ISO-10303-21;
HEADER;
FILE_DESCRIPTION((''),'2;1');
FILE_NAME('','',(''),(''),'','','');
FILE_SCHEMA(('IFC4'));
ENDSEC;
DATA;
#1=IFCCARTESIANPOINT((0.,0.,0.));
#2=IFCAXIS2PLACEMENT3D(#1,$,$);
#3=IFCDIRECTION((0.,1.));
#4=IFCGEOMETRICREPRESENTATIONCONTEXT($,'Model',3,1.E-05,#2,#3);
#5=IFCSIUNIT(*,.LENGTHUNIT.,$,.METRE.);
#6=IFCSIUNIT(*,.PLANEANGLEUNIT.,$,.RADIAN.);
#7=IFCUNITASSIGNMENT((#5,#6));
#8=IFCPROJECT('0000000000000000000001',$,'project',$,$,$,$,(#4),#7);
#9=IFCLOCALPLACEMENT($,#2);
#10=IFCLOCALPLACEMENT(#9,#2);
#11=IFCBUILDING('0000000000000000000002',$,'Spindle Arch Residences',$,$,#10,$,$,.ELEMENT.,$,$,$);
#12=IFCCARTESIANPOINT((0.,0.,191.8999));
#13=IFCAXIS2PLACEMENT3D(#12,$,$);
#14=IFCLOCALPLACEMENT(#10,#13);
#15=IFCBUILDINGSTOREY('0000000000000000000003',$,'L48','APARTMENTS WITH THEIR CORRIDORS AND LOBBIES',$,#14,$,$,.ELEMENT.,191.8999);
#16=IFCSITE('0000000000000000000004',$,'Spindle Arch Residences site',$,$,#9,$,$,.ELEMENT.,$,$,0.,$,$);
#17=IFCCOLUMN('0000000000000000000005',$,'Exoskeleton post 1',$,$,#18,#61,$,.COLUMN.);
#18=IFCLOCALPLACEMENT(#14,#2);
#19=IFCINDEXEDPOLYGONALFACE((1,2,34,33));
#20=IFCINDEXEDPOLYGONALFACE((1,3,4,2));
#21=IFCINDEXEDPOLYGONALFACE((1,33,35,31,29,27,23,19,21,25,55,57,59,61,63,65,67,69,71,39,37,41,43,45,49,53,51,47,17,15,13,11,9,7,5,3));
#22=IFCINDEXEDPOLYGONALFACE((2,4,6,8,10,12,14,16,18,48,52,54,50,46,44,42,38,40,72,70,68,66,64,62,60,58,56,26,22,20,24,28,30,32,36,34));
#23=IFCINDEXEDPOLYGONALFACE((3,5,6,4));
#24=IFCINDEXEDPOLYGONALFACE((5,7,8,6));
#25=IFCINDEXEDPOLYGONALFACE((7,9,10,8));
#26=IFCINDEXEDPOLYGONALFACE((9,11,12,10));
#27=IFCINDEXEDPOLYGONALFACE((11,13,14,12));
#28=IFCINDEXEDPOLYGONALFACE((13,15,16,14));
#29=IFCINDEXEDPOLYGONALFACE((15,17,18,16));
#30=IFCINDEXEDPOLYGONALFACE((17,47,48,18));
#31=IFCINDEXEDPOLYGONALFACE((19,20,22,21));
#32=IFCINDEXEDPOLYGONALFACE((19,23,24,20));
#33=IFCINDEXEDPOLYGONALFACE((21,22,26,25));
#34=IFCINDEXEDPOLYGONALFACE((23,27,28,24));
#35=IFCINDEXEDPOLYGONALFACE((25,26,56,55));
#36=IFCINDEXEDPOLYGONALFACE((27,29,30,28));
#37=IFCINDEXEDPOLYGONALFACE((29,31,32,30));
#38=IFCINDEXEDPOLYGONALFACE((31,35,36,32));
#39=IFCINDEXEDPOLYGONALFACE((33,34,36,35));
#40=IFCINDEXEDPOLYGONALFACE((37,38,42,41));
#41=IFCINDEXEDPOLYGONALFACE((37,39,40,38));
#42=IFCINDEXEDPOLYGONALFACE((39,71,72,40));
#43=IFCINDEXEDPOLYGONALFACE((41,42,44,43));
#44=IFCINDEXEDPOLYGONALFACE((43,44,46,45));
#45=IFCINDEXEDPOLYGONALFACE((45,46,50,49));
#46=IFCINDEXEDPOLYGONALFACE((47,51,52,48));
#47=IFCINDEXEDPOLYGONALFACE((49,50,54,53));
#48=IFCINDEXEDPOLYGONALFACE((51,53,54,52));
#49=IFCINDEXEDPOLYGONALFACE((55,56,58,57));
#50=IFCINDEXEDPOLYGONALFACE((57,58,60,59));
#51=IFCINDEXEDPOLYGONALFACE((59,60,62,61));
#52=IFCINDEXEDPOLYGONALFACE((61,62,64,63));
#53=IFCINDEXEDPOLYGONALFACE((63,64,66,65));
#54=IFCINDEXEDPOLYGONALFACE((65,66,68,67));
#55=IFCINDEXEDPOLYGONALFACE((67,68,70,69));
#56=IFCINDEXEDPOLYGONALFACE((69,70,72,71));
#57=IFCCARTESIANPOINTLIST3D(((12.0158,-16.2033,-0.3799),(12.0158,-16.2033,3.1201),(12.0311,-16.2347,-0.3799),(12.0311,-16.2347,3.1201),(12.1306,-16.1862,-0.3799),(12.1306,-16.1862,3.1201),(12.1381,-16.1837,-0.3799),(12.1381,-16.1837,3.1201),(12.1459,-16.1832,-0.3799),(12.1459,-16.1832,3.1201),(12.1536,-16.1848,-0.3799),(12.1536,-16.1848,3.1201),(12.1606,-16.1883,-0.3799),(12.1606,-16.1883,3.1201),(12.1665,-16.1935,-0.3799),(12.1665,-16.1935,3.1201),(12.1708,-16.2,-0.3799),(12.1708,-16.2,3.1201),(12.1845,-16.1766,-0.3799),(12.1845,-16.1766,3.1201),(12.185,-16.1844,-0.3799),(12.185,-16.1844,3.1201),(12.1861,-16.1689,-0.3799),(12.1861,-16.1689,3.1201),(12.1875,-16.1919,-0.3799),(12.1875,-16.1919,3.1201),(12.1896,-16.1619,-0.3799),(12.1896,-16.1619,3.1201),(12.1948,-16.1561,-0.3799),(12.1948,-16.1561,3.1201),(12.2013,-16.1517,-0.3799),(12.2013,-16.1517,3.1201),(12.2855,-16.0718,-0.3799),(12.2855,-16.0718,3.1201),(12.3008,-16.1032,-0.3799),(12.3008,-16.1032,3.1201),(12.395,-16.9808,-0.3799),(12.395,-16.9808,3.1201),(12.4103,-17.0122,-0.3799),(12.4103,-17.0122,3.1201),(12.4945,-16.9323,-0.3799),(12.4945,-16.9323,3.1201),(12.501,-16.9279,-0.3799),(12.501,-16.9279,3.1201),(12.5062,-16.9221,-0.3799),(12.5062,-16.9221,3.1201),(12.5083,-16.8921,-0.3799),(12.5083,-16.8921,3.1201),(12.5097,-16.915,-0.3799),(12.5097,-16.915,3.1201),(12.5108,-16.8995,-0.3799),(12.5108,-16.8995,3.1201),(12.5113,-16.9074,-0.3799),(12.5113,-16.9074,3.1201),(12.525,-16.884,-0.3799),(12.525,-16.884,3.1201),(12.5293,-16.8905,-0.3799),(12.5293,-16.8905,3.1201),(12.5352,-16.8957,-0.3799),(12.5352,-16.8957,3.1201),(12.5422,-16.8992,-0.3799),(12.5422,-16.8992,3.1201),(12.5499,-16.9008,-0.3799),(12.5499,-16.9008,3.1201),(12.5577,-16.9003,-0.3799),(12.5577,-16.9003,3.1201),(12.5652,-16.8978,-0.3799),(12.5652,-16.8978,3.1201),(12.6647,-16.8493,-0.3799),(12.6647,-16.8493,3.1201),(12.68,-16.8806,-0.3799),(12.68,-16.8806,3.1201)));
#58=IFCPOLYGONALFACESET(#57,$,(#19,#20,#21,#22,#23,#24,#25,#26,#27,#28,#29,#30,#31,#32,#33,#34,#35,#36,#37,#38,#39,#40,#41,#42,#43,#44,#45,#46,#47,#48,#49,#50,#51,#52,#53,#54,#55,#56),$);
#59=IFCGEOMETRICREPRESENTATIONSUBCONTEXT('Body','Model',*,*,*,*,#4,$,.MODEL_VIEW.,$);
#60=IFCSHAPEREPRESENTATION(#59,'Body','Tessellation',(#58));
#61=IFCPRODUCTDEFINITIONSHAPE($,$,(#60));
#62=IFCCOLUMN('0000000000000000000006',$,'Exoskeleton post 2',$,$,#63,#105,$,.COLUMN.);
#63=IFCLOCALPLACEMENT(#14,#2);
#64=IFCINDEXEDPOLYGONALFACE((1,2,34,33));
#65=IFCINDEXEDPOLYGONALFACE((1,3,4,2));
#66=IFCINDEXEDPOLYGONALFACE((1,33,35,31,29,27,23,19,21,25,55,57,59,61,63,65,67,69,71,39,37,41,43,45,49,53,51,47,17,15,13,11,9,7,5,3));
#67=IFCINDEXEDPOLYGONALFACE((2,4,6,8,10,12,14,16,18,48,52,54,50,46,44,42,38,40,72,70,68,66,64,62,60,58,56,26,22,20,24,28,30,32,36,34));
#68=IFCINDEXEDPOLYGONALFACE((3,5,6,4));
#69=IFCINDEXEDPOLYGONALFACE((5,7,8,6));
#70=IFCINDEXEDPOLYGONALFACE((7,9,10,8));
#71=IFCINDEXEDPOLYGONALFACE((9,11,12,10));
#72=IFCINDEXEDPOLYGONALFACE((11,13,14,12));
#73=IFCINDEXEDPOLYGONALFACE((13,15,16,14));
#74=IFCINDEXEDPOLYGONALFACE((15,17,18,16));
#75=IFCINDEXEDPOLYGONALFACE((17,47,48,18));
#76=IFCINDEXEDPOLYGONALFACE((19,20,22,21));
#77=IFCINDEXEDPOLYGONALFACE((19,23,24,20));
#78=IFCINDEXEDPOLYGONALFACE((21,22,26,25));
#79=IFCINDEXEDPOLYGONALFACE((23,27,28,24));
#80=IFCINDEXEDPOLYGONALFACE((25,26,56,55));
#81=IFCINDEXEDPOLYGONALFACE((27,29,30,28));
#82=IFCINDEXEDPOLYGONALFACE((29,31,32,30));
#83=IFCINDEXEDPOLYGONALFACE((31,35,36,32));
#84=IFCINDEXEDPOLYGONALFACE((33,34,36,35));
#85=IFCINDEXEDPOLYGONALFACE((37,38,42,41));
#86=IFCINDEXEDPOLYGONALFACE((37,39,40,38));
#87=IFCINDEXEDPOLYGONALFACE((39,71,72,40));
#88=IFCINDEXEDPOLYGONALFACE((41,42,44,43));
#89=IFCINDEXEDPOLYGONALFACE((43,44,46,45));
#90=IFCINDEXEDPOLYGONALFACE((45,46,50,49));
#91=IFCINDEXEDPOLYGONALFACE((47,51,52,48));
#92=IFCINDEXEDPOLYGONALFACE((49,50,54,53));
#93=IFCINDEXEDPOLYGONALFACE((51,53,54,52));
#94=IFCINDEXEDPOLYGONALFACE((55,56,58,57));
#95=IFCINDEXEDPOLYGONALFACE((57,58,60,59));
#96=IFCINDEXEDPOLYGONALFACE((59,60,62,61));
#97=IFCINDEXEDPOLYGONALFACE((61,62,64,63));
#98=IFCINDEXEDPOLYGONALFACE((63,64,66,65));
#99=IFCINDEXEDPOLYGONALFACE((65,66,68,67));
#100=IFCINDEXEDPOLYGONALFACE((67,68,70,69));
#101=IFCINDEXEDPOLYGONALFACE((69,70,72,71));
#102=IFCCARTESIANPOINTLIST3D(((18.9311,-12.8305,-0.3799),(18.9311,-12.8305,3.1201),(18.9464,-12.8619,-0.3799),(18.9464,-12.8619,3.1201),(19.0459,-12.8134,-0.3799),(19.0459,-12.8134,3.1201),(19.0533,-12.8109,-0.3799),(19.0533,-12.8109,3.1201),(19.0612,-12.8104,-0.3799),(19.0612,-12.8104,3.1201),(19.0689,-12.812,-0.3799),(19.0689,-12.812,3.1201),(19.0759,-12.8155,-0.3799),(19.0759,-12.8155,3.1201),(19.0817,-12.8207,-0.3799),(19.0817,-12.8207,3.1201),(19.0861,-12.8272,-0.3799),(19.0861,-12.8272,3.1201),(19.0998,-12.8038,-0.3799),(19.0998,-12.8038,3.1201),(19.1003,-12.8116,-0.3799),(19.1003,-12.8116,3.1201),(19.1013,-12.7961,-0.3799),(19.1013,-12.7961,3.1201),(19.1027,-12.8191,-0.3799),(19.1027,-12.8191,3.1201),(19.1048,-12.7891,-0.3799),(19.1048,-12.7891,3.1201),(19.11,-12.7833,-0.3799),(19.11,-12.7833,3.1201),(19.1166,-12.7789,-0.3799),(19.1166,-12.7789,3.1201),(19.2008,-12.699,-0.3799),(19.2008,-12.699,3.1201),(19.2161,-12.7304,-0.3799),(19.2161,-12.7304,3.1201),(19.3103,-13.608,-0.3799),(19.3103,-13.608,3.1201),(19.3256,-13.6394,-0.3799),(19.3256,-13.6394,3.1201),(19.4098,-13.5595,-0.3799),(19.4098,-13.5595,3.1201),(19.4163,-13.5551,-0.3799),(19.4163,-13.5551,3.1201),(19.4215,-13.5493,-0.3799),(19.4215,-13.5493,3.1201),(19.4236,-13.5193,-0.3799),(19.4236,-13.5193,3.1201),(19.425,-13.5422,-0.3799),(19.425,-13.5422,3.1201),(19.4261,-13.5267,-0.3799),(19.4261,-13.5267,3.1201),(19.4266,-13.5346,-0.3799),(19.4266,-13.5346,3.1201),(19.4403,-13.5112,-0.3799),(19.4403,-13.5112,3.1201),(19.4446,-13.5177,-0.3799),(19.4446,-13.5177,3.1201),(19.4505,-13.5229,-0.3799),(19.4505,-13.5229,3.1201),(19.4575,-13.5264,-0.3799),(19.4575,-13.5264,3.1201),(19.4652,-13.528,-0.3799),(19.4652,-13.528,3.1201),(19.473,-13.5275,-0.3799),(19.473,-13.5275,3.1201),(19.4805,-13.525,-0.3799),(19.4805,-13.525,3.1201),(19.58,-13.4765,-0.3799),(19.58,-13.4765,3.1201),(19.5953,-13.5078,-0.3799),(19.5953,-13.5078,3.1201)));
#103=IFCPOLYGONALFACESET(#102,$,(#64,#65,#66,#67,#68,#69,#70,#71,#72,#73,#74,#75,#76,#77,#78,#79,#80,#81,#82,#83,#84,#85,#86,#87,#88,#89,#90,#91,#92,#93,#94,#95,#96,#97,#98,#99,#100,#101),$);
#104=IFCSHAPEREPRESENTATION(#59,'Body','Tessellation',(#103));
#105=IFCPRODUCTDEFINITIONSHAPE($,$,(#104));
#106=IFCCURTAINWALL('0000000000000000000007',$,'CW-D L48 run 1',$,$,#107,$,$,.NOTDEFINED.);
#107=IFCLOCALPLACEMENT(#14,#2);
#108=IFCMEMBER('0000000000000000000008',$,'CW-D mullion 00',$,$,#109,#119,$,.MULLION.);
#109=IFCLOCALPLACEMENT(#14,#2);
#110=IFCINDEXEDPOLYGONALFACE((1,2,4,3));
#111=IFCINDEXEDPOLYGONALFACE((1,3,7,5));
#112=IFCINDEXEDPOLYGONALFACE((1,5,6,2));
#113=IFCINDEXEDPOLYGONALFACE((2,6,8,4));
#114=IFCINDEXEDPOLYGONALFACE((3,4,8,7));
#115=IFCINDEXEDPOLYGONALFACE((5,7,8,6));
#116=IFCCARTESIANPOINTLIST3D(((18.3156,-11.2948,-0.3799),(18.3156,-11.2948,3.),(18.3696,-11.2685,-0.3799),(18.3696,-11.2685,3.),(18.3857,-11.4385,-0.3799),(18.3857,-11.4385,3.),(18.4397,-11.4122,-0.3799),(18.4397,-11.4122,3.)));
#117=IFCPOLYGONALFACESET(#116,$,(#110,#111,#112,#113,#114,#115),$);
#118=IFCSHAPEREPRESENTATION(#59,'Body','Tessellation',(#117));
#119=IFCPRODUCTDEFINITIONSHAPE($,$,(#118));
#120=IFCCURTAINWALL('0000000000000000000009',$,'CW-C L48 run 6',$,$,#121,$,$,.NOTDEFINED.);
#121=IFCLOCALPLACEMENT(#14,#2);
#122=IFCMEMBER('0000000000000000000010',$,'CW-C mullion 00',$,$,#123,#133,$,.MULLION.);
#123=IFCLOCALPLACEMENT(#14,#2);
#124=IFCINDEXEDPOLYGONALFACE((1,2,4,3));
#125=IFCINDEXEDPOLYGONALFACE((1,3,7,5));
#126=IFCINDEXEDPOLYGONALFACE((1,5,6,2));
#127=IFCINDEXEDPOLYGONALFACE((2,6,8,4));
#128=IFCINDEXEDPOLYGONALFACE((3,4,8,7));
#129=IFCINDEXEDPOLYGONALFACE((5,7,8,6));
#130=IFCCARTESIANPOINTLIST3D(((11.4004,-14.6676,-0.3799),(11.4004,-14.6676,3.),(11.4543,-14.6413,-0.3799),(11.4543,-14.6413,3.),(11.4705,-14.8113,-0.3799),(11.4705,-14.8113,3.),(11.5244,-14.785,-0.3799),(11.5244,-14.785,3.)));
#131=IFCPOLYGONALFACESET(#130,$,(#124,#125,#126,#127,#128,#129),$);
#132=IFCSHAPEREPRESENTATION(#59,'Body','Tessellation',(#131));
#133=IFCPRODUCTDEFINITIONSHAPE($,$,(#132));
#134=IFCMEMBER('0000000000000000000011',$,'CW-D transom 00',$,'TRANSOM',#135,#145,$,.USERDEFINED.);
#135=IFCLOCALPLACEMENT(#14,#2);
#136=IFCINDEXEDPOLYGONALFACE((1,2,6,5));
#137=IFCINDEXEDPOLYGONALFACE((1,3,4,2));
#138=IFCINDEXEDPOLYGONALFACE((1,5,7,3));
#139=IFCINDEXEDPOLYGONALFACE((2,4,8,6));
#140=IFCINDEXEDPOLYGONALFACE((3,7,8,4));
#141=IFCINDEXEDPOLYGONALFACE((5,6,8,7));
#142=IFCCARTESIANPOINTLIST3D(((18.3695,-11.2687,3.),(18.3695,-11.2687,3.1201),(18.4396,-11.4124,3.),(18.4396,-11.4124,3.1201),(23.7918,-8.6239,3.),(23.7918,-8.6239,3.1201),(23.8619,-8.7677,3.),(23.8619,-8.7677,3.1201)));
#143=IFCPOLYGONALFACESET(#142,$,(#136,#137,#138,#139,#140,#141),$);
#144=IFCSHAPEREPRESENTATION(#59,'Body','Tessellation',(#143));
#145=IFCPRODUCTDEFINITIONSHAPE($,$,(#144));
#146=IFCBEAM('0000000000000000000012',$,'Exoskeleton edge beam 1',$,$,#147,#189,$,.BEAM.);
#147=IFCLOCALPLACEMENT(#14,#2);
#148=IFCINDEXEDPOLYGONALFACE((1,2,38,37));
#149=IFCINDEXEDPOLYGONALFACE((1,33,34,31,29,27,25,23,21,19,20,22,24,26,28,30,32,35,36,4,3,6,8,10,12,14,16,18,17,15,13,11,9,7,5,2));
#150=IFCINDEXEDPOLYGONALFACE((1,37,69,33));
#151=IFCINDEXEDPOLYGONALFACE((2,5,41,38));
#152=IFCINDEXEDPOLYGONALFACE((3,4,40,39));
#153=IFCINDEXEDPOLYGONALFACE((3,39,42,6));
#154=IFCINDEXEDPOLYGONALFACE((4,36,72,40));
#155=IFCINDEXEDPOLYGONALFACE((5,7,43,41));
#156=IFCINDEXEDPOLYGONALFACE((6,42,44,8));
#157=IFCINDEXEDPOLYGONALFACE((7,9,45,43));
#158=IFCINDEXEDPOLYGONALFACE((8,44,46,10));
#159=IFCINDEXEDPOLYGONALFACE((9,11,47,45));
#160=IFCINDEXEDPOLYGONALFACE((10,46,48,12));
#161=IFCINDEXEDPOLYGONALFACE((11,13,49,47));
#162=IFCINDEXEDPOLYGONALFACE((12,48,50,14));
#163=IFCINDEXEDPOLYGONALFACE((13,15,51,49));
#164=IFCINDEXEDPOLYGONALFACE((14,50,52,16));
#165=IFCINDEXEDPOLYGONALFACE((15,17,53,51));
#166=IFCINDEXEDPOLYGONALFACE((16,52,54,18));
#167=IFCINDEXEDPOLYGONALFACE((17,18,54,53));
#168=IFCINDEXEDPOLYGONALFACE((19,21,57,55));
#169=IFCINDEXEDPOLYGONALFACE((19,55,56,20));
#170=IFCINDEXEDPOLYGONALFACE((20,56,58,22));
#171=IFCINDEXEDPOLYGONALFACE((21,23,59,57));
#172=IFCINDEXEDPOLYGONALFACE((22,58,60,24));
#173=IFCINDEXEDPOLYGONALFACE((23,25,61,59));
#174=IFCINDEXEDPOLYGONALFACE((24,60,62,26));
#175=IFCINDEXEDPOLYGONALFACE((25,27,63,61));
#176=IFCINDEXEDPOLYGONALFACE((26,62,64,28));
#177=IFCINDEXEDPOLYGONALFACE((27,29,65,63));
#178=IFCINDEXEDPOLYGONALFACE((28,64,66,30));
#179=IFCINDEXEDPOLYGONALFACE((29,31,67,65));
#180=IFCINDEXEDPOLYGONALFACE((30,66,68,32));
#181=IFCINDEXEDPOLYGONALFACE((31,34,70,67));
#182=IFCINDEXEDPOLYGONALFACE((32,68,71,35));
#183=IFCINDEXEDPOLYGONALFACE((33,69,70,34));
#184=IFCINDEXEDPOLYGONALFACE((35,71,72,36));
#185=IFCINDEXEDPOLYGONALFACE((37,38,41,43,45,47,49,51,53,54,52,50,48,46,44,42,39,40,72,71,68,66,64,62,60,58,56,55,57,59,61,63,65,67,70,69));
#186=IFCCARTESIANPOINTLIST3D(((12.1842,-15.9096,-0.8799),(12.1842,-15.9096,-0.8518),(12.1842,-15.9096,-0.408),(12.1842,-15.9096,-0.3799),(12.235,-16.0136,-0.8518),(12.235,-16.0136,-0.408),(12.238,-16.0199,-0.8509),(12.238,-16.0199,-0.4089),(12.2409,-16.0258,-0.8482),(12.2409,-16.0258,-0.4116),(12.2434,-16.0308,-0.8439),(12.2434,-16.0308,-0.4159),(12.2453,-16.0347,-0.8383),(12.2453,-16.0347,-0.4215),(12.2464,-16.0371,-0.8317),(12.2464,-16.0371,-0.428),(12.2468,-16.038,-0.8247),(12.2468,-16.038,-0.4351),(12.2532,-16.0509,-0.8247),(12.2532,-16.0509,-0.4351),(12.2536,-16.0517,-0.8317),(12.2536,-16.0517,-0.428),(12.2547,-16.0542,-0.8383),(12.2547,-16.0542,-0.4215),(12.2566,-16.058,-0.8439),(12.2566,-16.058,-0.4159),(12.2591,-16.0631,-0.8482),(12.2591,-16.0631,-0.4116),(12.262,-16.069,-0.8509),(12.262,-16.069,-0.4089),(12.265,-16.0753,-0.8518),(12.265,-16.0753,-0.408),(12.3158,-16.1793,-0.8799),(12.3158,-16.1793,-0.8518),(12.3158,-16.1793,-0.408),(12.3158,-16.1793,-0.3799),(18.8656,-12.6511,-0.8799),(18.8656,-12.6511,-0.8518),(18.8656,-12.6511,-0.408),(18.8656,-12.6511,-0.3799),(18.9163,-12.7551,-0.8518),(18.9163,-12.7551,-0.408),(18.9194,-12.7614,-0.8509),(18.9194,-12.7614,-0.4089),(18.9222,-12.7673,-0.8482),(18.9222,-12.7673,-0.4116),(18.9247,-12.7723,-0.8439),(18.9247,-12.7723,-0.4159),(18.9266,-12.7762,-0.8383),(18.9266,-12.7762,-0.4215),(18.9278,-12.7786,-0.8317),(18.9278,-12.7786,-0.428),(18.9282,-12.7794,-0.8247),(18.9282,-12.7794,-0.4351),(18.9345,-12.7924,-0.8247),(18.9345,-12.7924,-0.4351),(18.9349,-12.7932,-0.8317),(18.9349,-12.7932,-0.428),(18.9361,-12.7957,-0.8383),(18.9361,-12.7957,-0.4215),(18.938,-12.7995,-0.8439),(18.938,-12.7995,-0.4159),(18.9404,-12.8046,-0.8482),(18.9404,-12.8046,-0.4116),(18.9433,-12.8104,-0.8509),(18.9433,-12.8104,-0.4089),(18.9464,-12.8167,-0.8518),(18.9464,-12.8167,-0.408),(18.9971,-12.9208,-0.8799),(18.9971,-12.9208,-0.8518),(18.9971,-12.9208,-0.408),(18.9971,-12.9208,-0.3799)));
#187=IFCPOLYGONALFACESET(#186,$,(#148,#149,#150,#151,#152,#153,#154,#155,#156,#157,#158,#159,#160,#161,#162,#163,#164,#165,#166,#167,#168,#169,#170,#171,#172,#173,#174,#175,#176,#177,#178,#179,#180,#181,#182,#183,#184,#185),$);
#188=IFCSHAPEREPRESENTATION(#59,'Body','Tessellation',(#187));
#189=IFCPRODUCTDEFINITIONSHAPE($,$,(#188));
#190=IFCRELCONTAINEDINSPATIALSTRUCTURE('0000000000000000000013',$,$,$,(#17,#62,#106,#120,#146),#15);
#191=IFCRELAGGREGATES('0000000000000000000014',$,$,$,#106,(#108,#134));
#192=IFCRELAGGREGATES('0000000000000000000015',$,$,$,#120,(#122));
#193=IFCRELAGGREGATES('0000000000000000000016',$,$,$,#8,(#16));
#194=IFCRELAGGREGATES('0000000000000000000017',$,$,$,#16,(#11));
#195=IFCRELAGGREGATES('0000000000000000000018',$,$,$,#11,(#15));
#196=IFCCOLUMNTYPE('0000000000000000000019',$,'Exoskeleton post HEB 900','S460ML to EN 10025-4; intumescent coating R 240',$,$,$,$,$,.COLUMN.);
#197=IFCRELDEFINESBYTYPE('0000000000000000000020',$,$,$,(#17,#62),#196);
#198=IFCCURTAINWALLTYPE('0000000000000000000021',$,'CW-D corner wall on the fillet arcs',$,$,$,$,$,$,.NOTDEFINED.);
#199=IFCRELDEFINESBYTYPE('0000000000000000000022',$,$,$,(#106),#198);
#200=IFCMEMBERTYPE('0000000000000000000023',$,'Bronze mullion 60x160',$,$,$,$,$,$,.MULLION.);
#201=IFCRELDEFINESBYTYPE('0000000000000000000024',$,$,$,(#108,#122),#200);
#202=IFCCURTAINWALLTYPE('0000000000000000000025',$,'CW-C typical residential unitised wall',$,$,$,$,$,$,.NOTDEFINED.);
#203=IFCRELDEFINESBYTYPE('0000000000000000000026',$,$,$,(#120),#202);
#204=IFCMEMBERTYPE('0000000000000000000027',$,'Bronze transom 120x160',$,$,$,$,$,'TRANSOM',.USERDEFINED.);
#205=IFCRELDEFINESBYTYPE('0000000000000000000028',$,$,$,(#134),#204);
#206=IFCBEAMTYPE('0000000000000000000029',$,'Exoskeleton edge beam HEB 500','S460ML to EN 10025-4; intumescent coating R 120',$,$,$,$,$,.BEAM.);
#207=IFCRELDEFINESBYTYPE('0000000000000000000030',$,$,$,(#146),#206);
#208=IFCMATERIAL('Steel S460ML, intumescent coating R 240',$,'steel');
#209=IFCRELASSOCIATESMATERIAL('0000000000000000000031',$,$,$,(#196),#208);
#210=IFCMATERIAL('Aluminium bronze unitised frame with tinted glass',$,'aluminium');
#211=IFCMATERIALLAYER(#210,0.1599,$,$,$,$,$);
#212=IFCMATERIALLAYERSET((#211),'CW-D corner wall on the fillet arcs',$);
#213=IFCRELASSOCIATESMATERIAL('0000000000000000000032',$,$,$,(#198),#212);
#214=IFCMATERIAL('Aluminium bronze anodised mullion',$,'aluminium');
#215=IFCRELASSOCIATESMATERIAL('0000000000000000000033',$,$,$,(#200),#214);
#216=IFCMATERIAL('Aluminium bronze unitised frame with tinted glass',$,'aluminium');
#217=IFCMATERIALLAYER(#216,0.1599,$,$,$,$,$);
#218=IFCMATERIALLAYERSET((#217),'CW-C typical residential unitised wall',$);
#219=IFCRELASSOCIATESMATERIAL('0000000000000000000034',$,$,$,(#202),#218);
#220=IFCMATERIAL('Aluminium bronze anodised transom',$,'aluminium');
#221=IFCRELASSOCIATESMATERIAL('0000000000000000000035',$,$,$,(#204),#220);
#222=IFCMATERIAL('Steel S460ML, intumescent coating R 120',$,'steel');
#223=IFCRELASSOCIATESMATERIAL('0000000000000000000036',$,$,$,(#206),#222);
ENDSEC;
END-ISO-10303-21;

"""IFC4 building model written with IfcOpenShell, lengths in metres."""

from ifc_helpers import new_model, si_unit, direction, frame, origin, origin_2d, place, context, subcontext, project, spatial, rectangle, i_section, extrude, material, layer, layer_set, material_profile, profile_set, type_object, element, aggregate, save


model = new_model("IFC4")

# Units and contexts
model_context = context("Model", 3, precision=1e-05, world=origin(), true_north=direction((0.0, 1.0)))
body_context = subcontext(model_context, "Body", "Model", "MODEL_VIEW")
ifc_project = project(units=[si_unit("LENGTHUNIT", "METRE"), si_unit("PLANEANGLEUNIT", "RADIAN")], contexts=[model_context])

# Site, building, storey
site_placement = place(None, origin())
site = spatial("IfcSite", under=ifc_project, at=site_placement, Name="Spindle Arch Residences site", CompositionType="ELEMENT", RefElevation=0.0)
building_placement = place(site_placement, origin())
building = spatial("IfcBuilding", under=site, at=building_placement, Name="Spindle Arch Residences", CompositionType="ELEMENT")
storey_placement = place(building_placement, frame((0.0, 0.0, 191.8999)))
storey = spatial("IfcBuildingStorey", under=building, at=storey_placement, Name="L48", Description="APARTMENTS WITH THEIR CORRIDORS AND LOBBIES", CompositionType="ELEMENT", Elevation=191.8999)

# Columns
ifc_material_1 = material(Name="Steel S460ML, intumescent coating R 240", Category="steel")
ifc_material_profile_1 = material_profile(ifc_material_1, i_section(OverallWidth=0.3, OverallDepth=0.8999, WebThickness=0.0186, FlangeThickness=0.0349, FilletRadius=0.03, at=origin_2d()), Name="HEB 900")
ifc_profile_set_1 = profile_set([ifc_material_profile_1], Name="Steel S460ML, intumescent coating R 240")
column_type = type_object("IfcColumnType", Name="Exoskeleton post HEB 900", Description="S460ML to EN 10025-4; intumescent coating R 240", PredefinedType="COLUMN", material=ifc_profile_set_1)
for number, where, z_axis, x_axis, name in (
    (1, (12.3479, -16.542, -0.3799), (0.0, 0.0, 1.0), (-0.898794, -0.438371, 0.0), "Exoskeleton post 1"),
    (2, (19.2632, -13.1692, -0.3799), (0.0, 0.0, 1.0), (-0.898794, -0.438371, 0.0), "Exoskeleton post 2"),
):
    element("IfcColumn", number, at=place(storey_placement, frame(where, z_axis=z_axis, x_axis=x_axis)), inside=storey, type_object=column_type, Name=name, PredefinedType="COLUMN", context=body_context, shape_type="SweptSolid", body=[
        extrude(i_section(OverallWidth=0.3, OverallDepth=0.8999, WebThickness=0.0186, FlangeThickness=0.0349, FilletRadius=0.03, at=origin_2d()), origin(), (0.0, 0.0, 1.0), 3.5),
    ])

# Curtain walls, members
ifc_material_2 = material(Name="Aluminium bronze unitised frame with tinted glass", Category="aluminium")
ifc_layer_1 = layer(ifc_material_2, 0.1599)
ifc_layer_set_1 = layer_set([ifc_layer_1], Name="CW-D corner wall on the fillet arcs")
curtain_wall_type_1 = type_object("IfcCurtainWallType", Name="CW-D corner wall on the fillet arcs", PredefinedType="NOTDEFINED", material=ifc_layer_set_1)
curtain_wall_1_placement = place(storey_placement, origin())
curtain_wall_1 = element("IfcCurtainWall", 3, at=curtain_wall_1_placement, inside=storey, type_object=curtain_wall_type_1, Name="CW-D L48 run 1", PredefinedType="NOTDEFINED")
ifc_material_3 = material(Name="Aluminium bronze anodised mullion", Category="aluminium")
ifc_material_profile_2 = material_profile(ifc_material_3, rectangle(XDim=0.1599, YDim=0.0601, at=origin_2d()), Name="MU 60x160")
ifc_profile_set_2 = profile_set([ifc_material_profile_2], Name="Aluminium bronze anodised mullion")
member_type_1 = type_object("IfcMemberType", Name="Bronze mullion 60x160", PredefinedType="MULLION", material=ifc_profile_set_2)
member_1_placement = place(storey_placement, frame((18.3777, -11.3535, -0.3799), z_axis=(0.0, 0.0, 1.0), x_axis=(-0.438371, 0.898794, 0.0)))
member_1 = element("IfcMember", 4, at=member_1_placement, type_object=member_type_1, Name="CW-D mullion 00", PredefinedType="MULLION", context=body_context, shape_type="SweptSolid", body=[
    extrude(rectangle(XDim=0.1599, YDim=0.0601, at=origin_2d()), origin(), (0.0, 0.0, 1.0), 3.3799),
])
ifc_material_4 = material(Name="Aluminium bronze unitised frame with tinted glass", Category="aluminium")
ifc_layer_2 = layer(ifc_material_4, 0.1599)
ifc_layer_set_2 = layer_set([ifc_layer_2], Name="CW-C typical residential unitised wall")
curtain_wall_type_2 = type_object("IfcCurtainWallType", Name="CW-C typical residential unitised wall", PredefinedType="NOTDEFINED", material=ifc_layer_set_2)
curtain_wall_2_placement = place(storey_placement, origin())
curtain_wall_2 = element("IfcCurtainWall", 5, at=curtain_wall_2_placement, inside=storey, type_object=curtain_wall_type_2, Name="CW-C L48 run 6", PredefinedType="NOTDEFINED")
member_2_placement = place(storey_placement, frame((11.4624, -14.7263, -0.3799), z_axis=(0.0, 0.0, 1.0), x_axis=(-0.438371, 0.898794, 0.0)))
member_2 = element("IfcMember", 6, at=member_2_placement, type_object=member_type_1, Name="CW-C mullion 00", PredefinedType="MULLION", context=body_context, shape_type="SweptSolid", body=[
    extrude(rectangle(XDim=0.1599, YDim=0.0601, at=origin_2d()), origin(), (0.0, 0.0, 1.0), 3.3799),
])

# Member
ifc_material_5 = material(Name="Aluminium bronze anodised transom", Category="aluminium")
ifc_material_profile_3 = material_profile(ifc_material_5, rectangle(XDim=0.1599, YDim=0.1201, at=origin_2d()), Name="TR 120x160")
ifc_profile_set_3 = profile_set([ifc_material_profile_3], Name="Aluminium bronze anodised transom")
member_type_2 = type_object("IfcMemberType", Name="Bronze transom 120x160", ElementType="TRANSOM", PredefinedType="USERDEFINED", material=ifc_profile_set_3)
member_3_placement = place(storey_placement, frame((18.4045, -11.3406, 3.0601), z_axis=(0.898787, 0.438386, 0.0), x_axis=(-0.438386, 0.898787, 0.0)))
member_3 = element("IfcMember", 7, at=member_3_placement, type_object=member_type_2, Name="CW-D transom 00", ObjectType="TRANSOM", PredefinedType="USERDEFINED", context=body_context, shape_type="SweptSolid", body=[
    extrude(rectangle(XDim=0.1599, YDim=0.1201, at=origin_2d()), origin(), (0.0, 0.0, 1.0), 6.033),
])
aggregate(curtain_wall_1, [member_1, member_3])

# Beam
ifc_material_6 = material(Name="Steel S460ML, intumescent coating R 120", Category="steel")
ifc_material_profile_4 = material_profile(ifc_material_6, i_section(OverallWidth=0.3, OverallDepth=0.5, WebThickness=0.0144, FlangeThickness=0.0281, FilletRadius=0.0271, at=origin_2d()), Name="HEB 500")
ifc_profile_set_4 = profile_set([ifc_material_profile_4], Name="Steel S460ML, intumescent coating R 120")
beam_type_1 = type_object("IfcBeamType", Name="Exoskeleton edge beam HEB 500", Description="S460ML to EN 10025-4; intumescent coating R 120", PredefinedType="BEAM", material=ifc_profile_set_4)
beam_1_placement = place(storey_placement, frame((12.25, -16.0444, -0.6299), z_axis=(0.898804, 0.438351, 0.0), x_axis=(-0.438351, 0.898804, 0.0)))
element("IfcBeam", 8, at=beam_1_placement, inside=storey, type_object=beam_type_1, Name="Exoskeleton edge beam 1", PredefinedType="BEAM", context=body_context, shape_type="SweptSolid", body=[
    extrude(i_section(OverallWidth=0.3, OverallDepth=0.5, WebThickness=0.0144, FlangeThickness=0.0281, FilletRadius=0.0271, at=origin_2d()), origin(), (0.0, 0.0, 1.0), 7.4336),
])

aggregate(curtain_wall_2, [member_2])

save(model, "model.ifc")
